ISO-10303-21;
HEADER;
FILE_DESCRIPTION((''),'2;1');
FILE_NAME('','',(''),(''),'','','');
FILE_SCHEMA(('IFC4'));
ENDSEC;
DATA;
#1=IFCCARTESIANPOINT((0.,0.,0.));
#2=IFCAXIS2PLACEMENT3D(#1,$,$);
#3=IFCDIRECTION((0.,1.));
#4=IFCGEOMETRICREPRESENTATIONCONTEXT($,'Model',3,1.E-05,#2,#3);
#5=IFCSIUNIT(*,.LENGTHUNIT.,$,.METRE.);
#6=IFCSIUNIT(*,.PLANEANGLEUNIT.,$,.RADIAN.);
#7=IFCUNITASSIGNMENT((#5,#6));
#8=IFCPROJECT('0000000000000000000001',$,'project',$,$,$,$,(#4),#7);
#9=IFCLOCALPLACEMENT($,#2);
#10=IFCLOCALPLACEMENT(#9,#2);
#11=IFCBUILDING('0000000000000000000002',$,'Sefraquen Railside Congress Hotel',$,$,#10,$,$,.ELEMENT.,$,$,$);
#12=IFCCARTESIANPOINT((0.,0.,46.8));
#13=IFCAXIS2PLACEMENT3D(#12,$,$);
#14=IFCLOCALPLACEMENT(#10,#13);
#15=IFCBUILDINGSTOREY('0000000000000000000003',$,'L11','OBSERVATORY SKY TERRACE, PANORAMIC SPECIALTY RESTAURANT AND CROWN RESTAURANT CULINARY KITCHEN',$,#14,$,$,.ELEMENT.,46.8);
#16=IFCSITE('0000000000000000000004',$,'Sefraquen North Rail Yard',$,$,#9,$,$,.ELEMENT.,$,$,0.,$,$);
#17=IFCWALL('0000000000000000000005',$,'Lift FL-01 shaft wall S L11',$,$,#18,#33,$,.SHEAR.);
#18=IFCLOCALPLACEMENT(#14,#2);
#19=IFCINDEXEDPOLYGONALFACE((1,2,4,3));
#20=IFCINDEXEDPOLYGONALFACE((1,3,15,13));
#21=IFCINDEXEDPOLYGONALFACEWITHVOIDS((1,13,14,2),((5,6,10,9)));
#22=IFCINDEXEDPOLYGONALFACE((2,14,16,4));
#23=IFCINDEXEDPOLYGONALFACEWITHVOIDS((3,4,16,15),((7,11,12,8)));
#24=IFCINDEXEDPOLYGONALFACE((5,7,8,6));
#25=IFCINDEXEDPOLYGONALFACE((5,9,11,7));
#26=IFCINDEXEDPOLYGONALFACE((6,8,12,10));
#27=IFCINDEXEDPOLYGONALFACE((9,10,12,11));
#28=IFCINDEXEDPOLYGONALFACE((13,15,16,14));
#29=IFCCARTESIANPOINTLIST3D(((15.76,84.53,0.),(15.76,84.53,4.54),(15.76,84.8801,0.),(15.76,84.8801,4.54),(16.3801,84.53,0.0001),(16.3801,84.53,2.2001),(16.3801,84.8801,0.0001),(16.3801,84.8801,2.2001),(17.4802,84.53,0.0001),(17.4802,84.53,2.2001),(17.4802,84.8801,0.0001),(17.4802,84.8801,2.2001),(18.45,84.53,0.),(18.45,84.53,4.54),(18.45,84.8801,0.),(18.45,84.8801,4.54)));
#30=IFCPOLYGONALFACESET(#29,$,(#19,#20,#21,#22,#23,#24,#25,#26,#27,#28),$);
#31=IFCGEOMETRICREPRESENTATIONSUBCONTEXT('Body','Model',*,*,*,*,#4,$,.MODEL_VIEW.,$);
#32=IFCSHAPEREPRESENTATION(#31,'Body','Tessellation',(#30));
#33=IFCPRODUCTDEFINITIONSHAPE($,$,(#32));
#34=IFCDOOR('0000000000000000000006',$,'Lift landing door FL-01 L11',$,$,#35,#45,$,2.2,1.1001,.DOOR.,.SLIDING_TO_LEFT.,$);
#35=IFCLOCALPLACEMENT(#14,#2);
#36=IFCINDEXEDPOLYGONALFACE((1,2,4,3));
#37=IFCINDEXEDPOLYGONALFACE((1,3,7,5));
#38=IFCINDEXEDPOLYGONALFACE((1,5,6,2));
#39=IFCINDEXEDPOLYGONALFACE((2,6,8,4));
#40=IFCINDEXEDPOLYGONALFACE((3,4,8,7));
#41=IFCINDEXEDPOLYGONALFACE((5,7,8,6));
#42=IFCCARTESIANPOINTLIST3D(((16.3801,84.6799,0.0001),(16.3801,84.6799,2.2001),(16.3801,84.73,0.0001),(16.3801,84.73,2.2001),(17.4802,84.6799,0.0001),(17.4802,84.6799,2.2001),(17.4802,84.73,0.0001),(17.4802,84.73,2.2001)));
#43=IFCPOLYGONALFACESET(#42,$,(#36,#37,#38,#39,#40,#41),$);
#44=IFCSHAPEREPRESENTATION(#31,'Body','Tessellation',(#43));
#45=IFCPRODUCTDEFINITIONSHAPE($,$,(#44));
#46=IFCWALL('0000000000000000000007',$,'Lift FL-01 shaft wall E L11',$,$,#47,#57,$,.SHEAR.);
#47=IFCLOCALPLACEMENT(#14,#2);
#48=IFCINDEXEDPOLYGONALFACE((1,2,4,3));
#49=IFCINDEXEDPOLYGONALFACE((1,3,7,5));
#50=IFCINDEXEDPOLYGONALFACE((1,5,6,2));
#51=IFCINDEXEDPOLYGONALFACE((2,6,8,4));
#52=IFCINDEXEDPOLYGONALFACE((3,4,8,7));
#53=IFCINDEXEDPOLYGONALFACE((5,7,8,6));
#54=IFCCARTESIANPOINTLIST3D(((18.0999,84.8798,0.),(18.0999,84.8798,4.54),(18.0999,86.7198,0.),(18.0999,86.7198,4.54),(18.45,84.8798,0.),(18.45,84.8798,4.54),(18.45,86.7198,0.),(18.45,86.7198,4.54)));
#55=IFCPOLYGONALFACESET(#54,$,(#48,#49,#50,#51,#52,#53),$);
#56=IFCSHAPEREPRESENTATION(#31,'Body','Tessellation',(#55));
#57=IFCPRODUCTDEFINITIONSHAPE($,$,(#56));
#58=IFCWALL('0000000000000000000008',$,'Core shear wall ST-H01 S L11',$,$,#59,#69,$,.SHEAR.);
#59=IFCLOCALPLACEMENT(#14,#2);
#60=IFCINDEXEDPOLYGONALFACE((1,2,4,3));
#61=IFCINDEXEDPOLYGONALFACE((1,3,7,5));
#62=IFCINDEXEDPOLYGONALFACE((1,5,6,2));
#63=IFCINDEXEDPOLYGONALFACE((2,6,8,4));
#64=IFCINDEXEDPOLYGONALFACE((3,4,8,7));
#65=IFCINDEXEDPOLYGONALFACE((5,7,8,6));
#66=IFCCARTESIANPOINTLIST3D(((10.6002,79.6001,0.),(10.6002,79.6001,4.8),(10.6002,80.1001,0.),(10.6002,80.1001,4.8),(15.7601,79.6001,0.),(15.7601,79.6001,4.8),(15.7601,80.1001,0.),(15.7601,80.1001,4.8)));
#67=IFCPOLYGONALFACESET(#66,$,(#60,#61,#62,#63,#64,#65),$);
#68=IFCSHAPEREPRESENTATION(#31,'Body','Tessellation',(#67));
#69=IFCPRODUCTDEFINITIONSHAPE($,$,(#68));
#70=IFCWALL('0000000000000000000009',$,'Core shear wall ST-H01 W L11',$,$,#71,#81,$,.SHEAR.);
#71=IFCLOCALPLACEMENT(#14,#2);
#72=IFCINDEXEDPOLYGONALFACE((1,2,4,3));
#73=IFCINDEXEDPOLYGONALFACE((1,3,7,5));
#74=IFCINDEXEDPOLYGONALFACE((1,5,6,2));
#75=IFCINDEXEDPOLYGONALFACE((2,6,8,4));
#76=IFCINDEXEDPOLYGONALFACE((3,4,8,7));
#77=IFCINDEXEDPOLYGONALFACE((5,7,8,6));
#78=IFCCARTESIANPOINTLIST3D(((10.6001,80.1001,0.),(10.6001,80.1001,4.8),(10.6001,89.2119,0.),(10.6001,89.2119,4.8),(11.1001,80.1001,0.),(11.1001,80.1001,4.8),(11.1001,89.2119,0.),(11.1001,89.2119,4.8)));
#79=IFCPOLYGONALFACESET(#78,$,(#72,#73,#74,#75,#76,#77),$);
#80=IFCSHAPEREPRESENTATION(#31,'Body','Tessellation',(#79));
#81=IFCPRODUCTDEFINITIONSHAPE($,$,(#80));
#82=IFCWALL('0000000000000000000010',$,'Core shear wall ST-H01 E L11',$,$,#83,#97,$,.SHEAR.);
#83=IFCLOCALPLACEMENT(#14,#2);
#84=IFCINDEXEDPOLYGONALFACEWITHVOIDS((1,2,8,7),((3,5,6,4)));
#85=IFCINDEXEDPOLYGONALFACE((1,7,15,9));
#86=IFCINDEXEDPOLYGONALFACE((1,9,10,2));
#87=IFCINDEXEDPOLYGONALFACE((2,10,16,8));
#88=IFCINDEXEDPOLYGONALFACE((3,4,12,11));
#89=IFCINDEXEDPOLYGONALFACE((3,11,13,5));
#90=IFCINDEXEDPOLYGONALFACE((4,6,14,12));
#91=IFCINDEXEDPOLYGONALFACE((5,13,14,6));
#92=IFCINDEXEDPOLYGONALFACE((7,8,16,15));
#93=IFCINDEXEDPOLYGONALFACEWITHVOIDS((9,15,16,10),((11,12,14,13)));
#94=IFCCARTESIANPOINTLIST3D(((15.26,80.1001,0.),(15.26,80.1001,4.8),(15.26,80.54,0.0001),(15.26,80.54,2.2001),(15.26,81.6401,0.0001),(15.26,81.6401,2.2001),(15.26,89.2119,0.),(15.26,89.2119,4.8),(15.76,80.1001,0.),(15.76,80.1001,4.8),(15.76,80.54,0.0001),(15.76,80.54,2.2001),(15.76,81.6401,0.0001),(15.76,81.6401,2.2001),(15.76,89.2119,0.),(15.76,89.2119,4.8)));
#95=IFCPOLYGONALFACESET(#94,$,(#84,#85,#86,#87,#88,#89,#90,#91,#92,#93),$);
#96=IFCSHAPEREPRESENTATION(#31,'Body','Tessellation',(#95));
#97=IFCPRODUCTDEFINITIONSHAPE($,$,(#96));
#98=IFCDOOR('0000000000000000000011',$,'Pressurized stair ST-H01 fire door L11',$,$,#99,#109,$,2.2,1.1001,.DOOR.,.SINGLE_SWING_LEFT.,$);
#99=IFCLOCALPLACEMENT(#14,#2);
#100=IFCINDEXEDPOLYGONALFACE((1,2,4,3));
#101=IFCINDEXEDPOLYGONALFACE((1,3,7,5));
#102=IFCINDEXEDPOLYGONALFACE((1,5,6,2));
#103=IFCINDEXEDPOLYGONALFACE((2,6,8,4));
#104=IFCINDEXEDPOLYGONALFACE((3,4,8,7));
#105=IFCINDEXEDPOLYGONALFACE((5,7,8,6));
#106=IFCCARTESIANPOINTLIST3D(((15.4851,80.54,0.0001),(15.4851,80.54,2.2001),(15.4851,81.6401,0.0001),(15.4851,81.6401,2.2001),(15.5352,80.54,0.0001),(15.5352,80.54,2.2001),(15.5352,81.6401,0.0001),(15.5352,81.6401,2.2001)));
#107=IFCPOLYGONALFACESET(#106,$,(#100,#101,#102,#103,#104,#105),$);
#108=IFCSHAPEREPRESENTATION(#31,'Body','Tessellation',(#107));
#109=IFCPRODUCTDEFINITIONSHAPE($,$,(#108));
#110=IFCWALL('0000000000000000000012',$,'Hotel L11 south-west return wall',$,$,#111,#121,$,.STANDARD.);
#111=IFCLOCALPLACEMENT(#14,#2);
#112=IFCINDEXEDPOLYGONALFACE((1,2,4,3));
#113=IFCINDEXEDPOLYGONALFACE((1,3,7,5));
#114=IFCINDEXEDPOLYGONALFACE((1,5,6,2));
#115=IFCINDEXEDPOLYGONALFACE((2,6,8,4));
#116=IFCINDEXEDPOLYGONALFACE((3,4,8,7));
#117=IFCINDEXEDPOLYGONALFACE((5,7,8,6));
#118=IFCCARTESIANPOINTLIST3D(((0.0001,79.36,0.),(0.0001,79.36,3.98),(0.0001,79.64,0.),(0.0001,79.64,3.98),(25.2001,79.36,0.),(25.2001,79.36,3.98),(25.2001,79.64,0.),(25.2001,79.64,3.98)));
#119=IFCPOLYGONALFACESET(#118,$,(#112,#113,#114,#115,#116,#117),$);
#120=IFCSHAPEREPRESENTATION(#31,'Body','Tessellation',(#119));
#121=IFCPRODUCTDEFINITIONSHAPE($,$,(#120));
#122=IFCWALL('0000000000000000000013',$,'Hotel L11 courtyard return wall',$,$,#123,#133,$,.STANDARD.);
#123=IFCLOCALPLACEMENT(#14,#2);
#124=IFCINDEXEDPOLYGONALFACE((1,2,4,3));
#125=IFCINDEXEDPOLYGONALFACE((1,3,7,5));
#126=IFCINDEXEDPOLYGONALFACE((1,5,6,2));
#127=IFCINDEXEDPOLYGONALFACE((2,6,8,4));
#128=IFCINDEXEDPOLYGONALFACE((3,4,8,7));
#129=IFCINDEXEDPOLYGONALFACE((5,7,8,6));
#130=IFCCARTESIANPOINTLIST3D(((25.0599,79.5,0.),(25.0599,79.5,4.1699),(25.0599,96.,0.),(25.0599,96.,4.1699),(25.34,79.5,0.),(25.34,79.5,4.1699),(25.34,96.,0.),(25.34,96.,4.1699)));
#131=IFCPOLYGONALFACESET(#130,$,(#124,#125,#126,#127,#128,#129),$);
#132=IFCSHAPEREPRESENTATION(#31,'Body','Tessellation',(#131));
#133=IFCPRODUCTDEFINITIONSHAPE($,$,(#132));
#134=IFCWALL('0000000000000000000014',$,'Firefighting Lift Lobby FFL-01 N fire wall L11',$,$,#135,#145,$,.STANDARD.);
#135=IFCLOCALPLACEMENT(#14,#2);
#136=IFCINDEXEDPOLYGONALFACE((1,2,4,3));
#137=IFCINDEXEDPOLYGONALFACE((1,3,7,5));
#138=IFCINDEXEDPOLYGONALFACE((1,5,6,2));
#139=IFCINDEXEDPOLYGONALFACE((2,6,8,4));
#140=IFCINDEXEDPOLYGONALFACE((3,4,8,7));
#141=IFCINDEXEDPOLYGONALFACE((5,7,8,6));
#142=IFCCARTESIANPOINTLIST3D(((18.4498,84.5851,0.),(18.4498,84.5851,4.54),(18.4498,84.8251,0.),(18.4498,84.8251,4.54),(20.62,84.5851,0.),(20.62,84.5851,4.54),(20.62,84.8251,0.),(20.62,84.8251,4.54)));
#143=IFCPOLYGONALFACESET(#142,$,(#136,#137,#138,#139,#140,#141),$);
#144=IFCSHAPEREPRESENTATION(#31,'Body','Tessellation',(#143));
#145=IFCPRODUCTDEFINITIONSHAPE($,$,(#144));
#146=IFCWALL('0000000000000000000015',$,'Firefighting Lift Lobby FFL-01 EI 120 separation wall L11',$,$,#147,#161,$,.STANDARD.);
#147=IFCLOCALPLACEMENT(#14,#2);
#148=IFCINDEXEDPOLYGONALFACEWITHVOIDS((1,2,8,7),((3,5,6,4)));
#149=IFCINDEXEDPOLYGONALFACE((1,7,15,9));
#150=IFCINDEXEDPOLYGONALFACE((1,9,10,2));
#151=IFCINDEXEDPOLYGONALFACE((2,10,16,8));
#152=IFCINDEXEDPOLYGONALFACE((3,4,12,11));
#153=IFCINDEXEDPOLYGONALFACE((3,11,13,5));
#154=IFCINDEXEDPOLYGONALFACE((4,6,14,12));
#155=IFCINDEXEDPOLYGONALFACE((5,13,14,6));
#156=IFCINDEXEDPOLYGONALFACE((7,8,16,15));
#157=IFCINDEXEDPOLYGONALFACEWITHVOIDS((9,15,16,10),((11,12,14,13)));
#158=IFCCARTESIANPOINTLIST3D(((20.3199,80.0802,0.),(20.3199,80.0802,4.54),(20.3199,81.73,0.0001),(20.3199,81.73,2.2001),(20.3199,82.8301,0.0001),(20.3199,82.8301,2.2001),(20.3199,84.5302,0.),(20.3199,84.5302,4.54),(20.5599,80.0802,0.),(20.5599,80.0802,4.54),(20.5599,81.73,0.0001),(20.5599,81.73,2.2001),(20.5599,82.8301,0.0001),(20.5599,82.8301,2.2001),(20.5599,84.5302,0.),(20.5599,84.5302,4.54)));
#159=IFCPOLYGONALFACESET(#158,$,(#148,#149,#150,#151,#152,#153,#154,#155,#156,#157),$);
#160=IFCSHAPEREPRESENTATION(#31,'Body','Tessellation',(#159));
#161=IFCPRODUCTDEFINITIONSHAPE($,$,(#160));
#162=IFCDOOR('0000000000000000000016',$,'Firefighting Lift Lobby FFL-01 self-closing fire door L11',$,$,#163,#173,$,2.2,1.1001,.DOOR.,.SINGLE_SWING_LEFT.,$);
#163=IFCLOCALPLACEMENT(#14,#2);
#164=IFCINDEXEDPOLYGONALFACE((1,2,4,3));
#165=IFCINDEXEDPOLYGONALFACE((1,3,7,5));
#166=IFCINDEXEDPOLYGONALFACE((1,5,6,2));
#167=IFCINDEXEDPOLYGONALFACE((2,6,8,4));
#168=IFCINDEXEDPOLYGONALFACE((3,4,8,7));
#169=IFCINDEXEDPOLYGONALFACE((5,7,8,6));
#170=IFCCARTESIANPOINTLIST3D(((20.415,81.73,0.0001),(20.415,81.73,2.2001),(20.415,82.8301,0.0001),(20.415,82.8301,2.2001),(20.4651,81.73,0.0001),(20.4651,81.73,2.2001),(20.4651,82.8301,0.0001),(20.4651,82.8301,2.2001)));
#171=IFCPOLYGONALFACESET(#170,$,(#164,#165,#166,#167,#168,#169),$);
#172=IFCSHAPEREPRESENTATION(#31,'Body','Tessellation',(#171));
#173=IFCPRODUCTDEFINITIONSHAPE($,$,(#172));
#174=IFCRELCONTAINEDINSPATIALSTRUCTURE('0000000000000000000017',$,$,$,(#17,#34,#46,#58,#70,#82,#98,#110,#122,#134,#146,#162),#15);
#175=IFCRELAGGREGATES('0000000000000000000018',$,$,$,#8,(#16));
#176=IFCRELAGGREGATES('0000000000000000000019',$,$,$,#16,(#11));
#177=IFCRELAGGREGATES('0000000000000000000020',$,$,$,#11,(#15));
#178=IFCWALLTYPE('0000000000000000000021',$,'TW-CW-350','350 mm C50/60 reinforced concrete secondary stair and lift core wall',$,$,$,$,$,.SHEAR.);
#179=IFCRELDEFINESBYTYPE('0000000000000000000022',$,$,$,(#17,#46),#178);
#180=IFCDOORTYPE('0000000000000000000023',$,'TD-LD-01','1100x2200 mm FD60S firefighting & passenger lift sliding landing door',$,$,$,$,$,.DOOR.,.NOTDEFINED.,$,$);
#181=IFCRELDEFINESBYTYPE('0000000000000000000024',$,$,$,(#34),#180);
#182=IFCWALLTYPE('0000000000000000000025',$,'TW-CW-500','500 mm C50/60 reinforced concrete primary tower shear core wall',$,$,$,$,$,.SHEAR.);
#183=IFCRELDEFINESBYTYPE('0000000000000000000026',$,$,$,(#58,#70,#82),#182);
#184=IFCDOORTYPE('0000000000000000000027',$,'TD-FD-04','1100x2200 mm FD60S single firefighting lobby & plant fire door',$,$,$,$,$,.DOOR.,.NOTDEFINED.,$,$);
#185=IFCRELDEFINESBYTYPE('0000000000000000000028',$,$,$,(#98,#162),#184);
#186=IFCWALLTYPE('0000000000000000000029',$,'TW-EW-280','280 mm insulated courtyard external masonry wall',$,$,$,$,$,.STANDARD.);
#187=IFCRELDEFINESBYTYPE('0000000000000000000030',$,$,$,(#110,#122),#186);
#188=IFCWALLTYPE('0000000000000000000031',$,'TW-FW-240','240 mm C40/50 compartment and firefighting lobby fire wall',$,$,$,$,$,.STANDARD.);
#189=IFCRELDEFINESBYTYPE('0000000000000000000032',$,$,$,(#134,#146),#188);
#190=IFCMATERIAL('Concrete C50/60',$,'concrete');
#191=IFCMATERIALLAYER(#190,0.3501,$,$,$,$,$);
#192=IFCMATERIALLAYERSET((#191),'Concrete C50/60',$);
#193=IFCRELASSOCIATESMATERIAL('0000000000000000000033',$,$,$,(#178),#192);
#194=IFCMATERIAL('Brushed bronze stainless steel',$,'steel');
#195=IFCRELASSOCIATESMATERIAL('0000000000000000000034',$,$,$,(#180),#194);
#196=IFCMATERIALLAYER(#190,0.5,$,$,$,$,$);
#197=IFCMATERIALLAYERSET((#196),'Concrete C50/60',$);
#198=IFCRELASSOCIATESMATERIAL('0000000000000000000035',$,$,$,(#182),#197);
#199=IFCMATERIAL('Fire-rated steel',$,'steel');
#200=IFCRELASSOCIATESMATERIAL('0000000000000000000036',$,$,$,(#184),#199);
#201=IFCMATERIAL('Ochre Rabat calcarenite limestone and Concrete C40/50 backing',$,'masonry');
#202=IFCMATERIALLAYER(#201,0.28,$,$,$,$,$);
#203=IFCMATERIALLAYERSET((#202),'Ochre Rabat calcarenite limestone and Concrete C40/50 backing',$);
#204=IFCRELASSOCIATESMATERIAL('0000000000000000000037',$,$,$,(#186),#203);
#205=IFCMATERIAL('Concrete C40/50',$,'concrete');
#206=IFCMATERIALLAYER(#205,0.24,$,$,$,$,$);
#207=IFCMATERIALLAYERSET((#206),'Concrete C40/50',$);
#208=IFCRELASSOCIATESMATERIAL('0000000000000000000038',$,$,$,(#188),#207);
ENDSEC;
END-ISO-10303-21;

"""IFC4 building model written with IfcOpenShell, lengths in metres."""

from ifc_helpers import new_model, si_unit, direction, frame, frame_2d, origin, place, context, subcontext, project, spatial, rectangle, extrude, material, layer, layer_set, type_object, element, fill, save


model = new_model("IFC4")

# Units and contexts
model_context = context("Model", 3, precision=1e-05, world=origin(), true_north=direction((0.0, 1.0)))
body_context = subcontext(model_context, "Body", "Model", "MODEL_VIEW")
ifc_project = project(units=[si_unit("LENGTHUNIT", "METRE"), si_unit("PLANEANGLEUNIT", "RADIAN")], contexts=[model_context])

# Site, building, storey
site_placement = place(None, origin())
site = spatial("IfcSite", under=ifc_project, at=site_placement, Name="Sefraquen North Rail Yard", CompositionType="ELEMENT", RefElevation=0.0)
building_placement = place(site_placement, origin())
building = spatial("IfcBuilding", under=site, at=building_placement, Name="Sefraquen Railside Congress Hotel", CompositionType="ELEMENT")
storey_placement = place(building_placement, frame((0.0, 0.0, 46.8)))
storey = spatial("IfcBuildingStorey", under=building, at=storey_placement, Name="L11", Description="OBSERVATORY SKY TERRACE, PANORAMIC SPECIALTY RESTAURANT AND CROWN RESTAURANT CULINARY KITCHEN", CompositionType="ELEMENT", Elevation=46.8)

# Shared definitions
ifc_material_1 = material(Name="Concrete C50/60", Category="concrete")
ifc_layer_1 = layer(ifc_material_1, 0.3501)
ifc_layer_set_1 = layer_set([ifc_layer_1], Name="Concrete C50/60")
wall_type_1 = type_object("IfcWallType", Name="TW-CW-350", Description="350 mm C50/60 reinforced concrete secondary stair and lift core wall", PredefinedType="SHEAR", material=ifc_layer_set_1)

# Wall, opening, door
wall_1_placement = place(storey_placement, frame((15.76, 84.7051, 0.0), z_axis=(0.0, 0.0, 1.0), x_axis=(1.0, 0.0, 0.0)))
wall_1 = element("IfcWall", 1, at=wall_1_placement, inside=storey, type_object=wall_type_1, Name="Lift FL-01 shaft wall S L11", PredefinedType="SHEAR", context=body_context, shape_type="SweptSolid", body=[
    extrude(rectangle(XDim=2.6899, YDim=0.3501, at=frame_2d((1.345, 0.0))), origin(), (0.0, 0.0, 1.0), 4.54),
])
opening_1_placement = place(wall_1_placement, frame((0.6201, 0.0, 0.0)))
opening_1 = element("IfcOpeningElement", 2, at=opening_1_placement, cuts=wall_1, PredefinedType="OPENING", context=body_context, shape_type="SweptSolid", body=[
    extrude(rectangle(XDim=1.1001, YDim=2.2, at=frame_2d((0.55, 1.1001))), frame((0.0, 0.1851, 0.0), z_axis=(0.0, -1.0, 0.0), x_axis=(1.0, 0.0, 0.0)), (0.0, 0.0, 1.0), 0.3701),
])
ifc_material_2 = material(Name="Brushed bronze stainless steel", Category="steel")
door_type_1 = type_object("IfcDoorType", Name="TD-LD-01", Description="1100x2200 mm FD60S firefighting & passenger lift sliding landing door", OperationType="NOTDEFINED", PredefinedType="DOOR", material=ifc_material_2)
door_1_placement = place(opening_1_placement, origin())
door_1 = element("IfcDoor", 3, at=door_1_placement, inside=storey, type_object=door_type_1, Name="Lift landing door FL-01 L11", OperationType="SLIDING_TO_LEFT", OverallHeight=2.2, OverallWidth=1.1001, PredefinedType="DOOR", context=body_context, shape_type="SweptSolid", body=[
    extrude(rectangle(XDim=1.1001, YDim=2.2, at=frame_2d((0.55, 1.1001))), frame((0.0, 0.0249, 0.0), z_axis=(0.0, -1.0, 0.0), x_axis=(1.0, 0.0, 0.0)), (0.0, 0.0, 1.0), 0.05),
])
fill(opening_1, door_1)

# Walls
wall_2_placement = place(storey_placement, frame((18.2749, 84.8799, 0.0), z_axis=(0.0, 0.0, 1.0), x_axis=(0.0, 1.0, 0.0)))
element("IfcWall", 4, at=wall_2_placement, inside=storey, type_object=wall_type_1, Name="Lift FL-01 shaft wall E L11", PredefinedType="SHEAR", context=body_context, shape_type="SweptSolid", body=[
    extrude(rectangle(XDim=1.8401, YDim=0.3501, at=frame_2d((0.9199, 0.0))), origin(), (0.0, 0.0, 1.0), 4.54),
])
ifc_layer_2 = layer(ifc_material_1, 0.5)
ifc_layer_set_2 = layer_set([ifc_layer_2], Name="Concrete C50/60")
wall_type_2 = type_object("IfcWallType", Name="TW-CW-500", Description="500 mm C50/60 reinforced concrete primary tower shear core wall", PredefinedType="SHEAR", material=ifc_layer_set_2)
wall_3_placement = place(storey_placement, frame((10.6001, 79.8501, 0.0), z_axis=(0.0, 0.0, 1.0), x_axis=(1.0, 0.0, 0.0)))
element("IfcWall", 5, at=wall_3_placement, inside=storey, type_object=wall_type_2, Name="Core shear wall ST-H01 S L11", PredefinedType="SHEAR", context=body_context, shape_type="SweptSolid", body=[
    extrude(rectangle(XDim=5.1599, YDim=0.5, at=frame_2d((2.5801, 0.0))), origin(), (0.0, 0.0, 1.0), 4.8),
])
wall_4_placement = place(storey_placement, frame((10.8501, 80.1001, 0.0), z_axis=(0.0, 0.0, 1.0), x_axis=(0.0, 1.0, 0.0)))
element("IfcWall", 6, at=wall_4_placement, inside=storey, type_object=wall_type_2, Name="Core shear wall ST-H01 W L11", PredefinedType="SHEAR", context=body_context, shape_type="SweptSolid", body=[
    extrude(rectangle(XDim=9.1118, YDim=0.5, at=frame_2d((4.5559, 0.0))), origin(), (0.0, 0.0, 1.0), 4.8),
])

# Wall, opening, door
wall_5_placement = place(storey_placement, frame((15.51, 80.1001, 0.0), z_axis=(0.0, 0.0, 1.0), x_axis=(0.0, 1.0, 0.0)))
wall_5 = element("IfcWall", 7, at=wall_5_placement, inside=storey, type_object=wall_type_2, Name="Core shear wall ST-H01 E L11", PredefinedType="SHEAR", context=body_context, shape_type="SweptSolid", body=[
    extrude(rectangle(XDim=9.1118, YDim=0.5, at=frame_2d((4.5559, 0.0))), origin(), (0.0, 0.0, 1.0), 4.8),
])
opening_2_placement = place(wall_5_placement, frame((0.4399, 0.0, 0.0)))
opening_2 = element("IfcOpeningElement", 8, at=opening_2_placement, cuts=wall_5, PredefinedType="OPENING", context=body_context, shape_type="SweptSolid", body=[
    extrude(rectangle(XDim=1.1001, YDim=2.2, at=frame_2d((0.55, 1.1001))), frame((0.0, 0.26, 0.0), z_axis=(0.0, -1.0, 0.0), x_axis=(1.0, 0.0, 0.0)), (0.0, 0.0, 1.0), 0.52),
])
ifc_material_3 = material(Name="Fire-rated steel", Category="steel")
door_type_2 = type_object("IfcDoorType", Name="TD-FD-04", Description="1100x2200 mm FD60S single firefighting lobby & plant fire door", OperationType="NOTDEFINED", PredefinedType="DOOR", material=ifc_material_3)
door_2_placement = place(opening_2_placement, origin())
door_2 = element("IfcDoor", 9, at=door_2_placement, inside=storey, type_object=door_type_2, Name="Pressurized stair ST-H01 fire door L11", OperationType="SINGLE_SWING_LEFT", OverallHeight=2.2, OverallWidth=1.1001, PredefinedType="DOOR", context=body_context, shape_type="SweptSolid", body=[
    extrude(rectangle(XDim=1.1001, YDim=2.2, at=frame_2d((0.55, 1.1001))), frame((0.0, 0.0249, 0.0), z_axis=(0.0, -1.0, 0.0), x_axis=(1.0, 0.0, 0.0)), (0.0, 0.0, 1.0), 0.05),
])
fill(opening_2, door_2)

# Walls
ifc_material_4 = material(Name="Ochre Rabat calcarenite limestone and Concrete C40/50 backing", Category="masonry")
ifc_layer_3 = layer(ifc_material_4, 0.28)
ifc_layer_set_3 = layer_set([ifc_layer_3], Name="Ochre Rabat calcarenite limestone and Concrete C40/50 backing")
wall_type_3 = type_object("IfcWallType", Name="TW-EW-280", Description="280 mm insulated courtyard external masonry wall", PredefinedType="STANDARD", material=ifc_layer_set_3)
wall_6_placement = place(storey_placement, frame((0.0, 79.5, 0.0), z_axis=(0.0, 0.0, 1.0), x_axis=(1.0, 0.0, 0.0)))
element("IfcWall", 10, at=wall_6_placement, inside=storey, type_object=wall_type_3, Name="Hotel L11 south-west return wall", PredefinedType="STANDARD", context=body_context, shape_type="SweptSolid", body=[
    extrude(rectangle(XDim=25.2, YDim=0.28, at=frame_2d((12.6001, 0.0))), origin(), (0.0, 0.0, 1.0), 3.98),
])
wall_7_placement = place(storey_placement, frame((25.2, 79.5, 0.0), z_axis=(0.0, 0.0, 1.0), x_axis=(0.0, 1.0, 0.0)))
element("IfcWall", 11, at=wall_7_placement, inside=storey, type_object=wall_type_3, Name="Hotel L11 courtyard return wall", PredefinedType="STANDARD", context=body_context, shape_type="SweptSolid", body=[
    extrude(rectangle(XDim=16.5, YDim=0.28, at=frame_2d((8.25, 0.0))), origin(), (0.0, 0.0, 1.0), 4.1699),
])
ifc_material_5 = material(Name="Concrete C40/50", Category="concrete")
ifc_layer_4 = layer(ifc_material_5, 0.24)
ifc_layer_set_4 = layer_set([ifc_layer_4], Name="Concrete C40/50")
wall_type_4 = type_object("IfcWallType", Name="TW-FW-240", Description="240 mm C40/50 compartment and firefighting lobby fire wall", PredefinedType="STANDARD", material=ifc_layer_set_4)
wall_8_placement = place(storey_placement, frame((18.45, 84.7051, 0.0), z_axis=(0.0, 0.0, 1.0), x_axis=(1.0, 0.0, 0.0)))
element("IfcWall", 12, at=wall_8_placement, inside=storey, type_object=wall_type_4, Name="Firefighting Lift Lobby FFL-01 N fire wall L11", PredefinedType="STANDARD", context=body_context, shape_type="SweptSolid", body=[
    extrude(rectangle(XDim=2.1702, YDim=0.24, at=frame_2d((1.085, 0.0))), origin(), (0.0, 0.0, 1.0), 4.54),
])

# Wall, opening, door
wall_9_placement = place(storey_placement, frame((20.4399, 80.0801, 0.0), z_axis=(0.0, 0.0, 1.0), x_axis=(0.0, 1.0, 0.0)))
wall_9 = element("IfcWall", 13, at=wall_9_placement, inside=storey, type_object=wall_type_4, Name="Firefighting Lift Lobby FFL-01 EI 120 separation wall L11", PredefinedType="STANDARD", context=body_context, shape_type="SweptSolid", body=[
    extrude(rectangle(XDim=4.45, YDim=0.24, at=frame_2d((2.2251, 0.0))), origin(), (0.0, 0.0, 1.0), 4.54),
])
opening_3_placement = place(wall_9_placement, frame((1.6499, 0.0, 0.0)))
opening_3 = element("IfcOpeningElement", 14, at=opening_3_placement, cuts=wall_9, PredefinedType="OPENING", context=body_context, shape_type="SweptSolid", body=[
    extrude(rectangle(XDim=1.1001, YDim=2.2, at=frame_2d((0.55, 1.1001))), frame((0.0, 0.1299, 0.0), z_axis=(0.0, -1.0, 0.0), x_axis=(1.0, 0.0, 0.0)), (0.0, 0.0, 1.0), 0.26),
])
door_3_placement = place(opening_3_placement, origin())
door_3 = element("IfcDoor", 15, at=door_3_placement, inside=storey, type_object=door_type_2, Name="Firefighting Lift Lobby FFL-01 self-closing fire door L11", OperationType="SINGLE_SWING_LEFT", OverallHeight=2.2, OverallWidth=1.1001, PredefinedType="DOOR", context=body_context, shape_type="SweptSolid", body=[
    extrude(rectangle(XDim=1.1001, YDim=2.2, at=frame_2d((0.55, 1.1001))), frame((0.0, 0.0249, 0.0), z_axis=(0.0, -1.0, 0.0), x_axis=(1.0, 0.0, 0.0)), (0.0, 0.0, 1.0), 0.05),
])
fill(opening_3, door_3)

save(model, "model.ifc")
